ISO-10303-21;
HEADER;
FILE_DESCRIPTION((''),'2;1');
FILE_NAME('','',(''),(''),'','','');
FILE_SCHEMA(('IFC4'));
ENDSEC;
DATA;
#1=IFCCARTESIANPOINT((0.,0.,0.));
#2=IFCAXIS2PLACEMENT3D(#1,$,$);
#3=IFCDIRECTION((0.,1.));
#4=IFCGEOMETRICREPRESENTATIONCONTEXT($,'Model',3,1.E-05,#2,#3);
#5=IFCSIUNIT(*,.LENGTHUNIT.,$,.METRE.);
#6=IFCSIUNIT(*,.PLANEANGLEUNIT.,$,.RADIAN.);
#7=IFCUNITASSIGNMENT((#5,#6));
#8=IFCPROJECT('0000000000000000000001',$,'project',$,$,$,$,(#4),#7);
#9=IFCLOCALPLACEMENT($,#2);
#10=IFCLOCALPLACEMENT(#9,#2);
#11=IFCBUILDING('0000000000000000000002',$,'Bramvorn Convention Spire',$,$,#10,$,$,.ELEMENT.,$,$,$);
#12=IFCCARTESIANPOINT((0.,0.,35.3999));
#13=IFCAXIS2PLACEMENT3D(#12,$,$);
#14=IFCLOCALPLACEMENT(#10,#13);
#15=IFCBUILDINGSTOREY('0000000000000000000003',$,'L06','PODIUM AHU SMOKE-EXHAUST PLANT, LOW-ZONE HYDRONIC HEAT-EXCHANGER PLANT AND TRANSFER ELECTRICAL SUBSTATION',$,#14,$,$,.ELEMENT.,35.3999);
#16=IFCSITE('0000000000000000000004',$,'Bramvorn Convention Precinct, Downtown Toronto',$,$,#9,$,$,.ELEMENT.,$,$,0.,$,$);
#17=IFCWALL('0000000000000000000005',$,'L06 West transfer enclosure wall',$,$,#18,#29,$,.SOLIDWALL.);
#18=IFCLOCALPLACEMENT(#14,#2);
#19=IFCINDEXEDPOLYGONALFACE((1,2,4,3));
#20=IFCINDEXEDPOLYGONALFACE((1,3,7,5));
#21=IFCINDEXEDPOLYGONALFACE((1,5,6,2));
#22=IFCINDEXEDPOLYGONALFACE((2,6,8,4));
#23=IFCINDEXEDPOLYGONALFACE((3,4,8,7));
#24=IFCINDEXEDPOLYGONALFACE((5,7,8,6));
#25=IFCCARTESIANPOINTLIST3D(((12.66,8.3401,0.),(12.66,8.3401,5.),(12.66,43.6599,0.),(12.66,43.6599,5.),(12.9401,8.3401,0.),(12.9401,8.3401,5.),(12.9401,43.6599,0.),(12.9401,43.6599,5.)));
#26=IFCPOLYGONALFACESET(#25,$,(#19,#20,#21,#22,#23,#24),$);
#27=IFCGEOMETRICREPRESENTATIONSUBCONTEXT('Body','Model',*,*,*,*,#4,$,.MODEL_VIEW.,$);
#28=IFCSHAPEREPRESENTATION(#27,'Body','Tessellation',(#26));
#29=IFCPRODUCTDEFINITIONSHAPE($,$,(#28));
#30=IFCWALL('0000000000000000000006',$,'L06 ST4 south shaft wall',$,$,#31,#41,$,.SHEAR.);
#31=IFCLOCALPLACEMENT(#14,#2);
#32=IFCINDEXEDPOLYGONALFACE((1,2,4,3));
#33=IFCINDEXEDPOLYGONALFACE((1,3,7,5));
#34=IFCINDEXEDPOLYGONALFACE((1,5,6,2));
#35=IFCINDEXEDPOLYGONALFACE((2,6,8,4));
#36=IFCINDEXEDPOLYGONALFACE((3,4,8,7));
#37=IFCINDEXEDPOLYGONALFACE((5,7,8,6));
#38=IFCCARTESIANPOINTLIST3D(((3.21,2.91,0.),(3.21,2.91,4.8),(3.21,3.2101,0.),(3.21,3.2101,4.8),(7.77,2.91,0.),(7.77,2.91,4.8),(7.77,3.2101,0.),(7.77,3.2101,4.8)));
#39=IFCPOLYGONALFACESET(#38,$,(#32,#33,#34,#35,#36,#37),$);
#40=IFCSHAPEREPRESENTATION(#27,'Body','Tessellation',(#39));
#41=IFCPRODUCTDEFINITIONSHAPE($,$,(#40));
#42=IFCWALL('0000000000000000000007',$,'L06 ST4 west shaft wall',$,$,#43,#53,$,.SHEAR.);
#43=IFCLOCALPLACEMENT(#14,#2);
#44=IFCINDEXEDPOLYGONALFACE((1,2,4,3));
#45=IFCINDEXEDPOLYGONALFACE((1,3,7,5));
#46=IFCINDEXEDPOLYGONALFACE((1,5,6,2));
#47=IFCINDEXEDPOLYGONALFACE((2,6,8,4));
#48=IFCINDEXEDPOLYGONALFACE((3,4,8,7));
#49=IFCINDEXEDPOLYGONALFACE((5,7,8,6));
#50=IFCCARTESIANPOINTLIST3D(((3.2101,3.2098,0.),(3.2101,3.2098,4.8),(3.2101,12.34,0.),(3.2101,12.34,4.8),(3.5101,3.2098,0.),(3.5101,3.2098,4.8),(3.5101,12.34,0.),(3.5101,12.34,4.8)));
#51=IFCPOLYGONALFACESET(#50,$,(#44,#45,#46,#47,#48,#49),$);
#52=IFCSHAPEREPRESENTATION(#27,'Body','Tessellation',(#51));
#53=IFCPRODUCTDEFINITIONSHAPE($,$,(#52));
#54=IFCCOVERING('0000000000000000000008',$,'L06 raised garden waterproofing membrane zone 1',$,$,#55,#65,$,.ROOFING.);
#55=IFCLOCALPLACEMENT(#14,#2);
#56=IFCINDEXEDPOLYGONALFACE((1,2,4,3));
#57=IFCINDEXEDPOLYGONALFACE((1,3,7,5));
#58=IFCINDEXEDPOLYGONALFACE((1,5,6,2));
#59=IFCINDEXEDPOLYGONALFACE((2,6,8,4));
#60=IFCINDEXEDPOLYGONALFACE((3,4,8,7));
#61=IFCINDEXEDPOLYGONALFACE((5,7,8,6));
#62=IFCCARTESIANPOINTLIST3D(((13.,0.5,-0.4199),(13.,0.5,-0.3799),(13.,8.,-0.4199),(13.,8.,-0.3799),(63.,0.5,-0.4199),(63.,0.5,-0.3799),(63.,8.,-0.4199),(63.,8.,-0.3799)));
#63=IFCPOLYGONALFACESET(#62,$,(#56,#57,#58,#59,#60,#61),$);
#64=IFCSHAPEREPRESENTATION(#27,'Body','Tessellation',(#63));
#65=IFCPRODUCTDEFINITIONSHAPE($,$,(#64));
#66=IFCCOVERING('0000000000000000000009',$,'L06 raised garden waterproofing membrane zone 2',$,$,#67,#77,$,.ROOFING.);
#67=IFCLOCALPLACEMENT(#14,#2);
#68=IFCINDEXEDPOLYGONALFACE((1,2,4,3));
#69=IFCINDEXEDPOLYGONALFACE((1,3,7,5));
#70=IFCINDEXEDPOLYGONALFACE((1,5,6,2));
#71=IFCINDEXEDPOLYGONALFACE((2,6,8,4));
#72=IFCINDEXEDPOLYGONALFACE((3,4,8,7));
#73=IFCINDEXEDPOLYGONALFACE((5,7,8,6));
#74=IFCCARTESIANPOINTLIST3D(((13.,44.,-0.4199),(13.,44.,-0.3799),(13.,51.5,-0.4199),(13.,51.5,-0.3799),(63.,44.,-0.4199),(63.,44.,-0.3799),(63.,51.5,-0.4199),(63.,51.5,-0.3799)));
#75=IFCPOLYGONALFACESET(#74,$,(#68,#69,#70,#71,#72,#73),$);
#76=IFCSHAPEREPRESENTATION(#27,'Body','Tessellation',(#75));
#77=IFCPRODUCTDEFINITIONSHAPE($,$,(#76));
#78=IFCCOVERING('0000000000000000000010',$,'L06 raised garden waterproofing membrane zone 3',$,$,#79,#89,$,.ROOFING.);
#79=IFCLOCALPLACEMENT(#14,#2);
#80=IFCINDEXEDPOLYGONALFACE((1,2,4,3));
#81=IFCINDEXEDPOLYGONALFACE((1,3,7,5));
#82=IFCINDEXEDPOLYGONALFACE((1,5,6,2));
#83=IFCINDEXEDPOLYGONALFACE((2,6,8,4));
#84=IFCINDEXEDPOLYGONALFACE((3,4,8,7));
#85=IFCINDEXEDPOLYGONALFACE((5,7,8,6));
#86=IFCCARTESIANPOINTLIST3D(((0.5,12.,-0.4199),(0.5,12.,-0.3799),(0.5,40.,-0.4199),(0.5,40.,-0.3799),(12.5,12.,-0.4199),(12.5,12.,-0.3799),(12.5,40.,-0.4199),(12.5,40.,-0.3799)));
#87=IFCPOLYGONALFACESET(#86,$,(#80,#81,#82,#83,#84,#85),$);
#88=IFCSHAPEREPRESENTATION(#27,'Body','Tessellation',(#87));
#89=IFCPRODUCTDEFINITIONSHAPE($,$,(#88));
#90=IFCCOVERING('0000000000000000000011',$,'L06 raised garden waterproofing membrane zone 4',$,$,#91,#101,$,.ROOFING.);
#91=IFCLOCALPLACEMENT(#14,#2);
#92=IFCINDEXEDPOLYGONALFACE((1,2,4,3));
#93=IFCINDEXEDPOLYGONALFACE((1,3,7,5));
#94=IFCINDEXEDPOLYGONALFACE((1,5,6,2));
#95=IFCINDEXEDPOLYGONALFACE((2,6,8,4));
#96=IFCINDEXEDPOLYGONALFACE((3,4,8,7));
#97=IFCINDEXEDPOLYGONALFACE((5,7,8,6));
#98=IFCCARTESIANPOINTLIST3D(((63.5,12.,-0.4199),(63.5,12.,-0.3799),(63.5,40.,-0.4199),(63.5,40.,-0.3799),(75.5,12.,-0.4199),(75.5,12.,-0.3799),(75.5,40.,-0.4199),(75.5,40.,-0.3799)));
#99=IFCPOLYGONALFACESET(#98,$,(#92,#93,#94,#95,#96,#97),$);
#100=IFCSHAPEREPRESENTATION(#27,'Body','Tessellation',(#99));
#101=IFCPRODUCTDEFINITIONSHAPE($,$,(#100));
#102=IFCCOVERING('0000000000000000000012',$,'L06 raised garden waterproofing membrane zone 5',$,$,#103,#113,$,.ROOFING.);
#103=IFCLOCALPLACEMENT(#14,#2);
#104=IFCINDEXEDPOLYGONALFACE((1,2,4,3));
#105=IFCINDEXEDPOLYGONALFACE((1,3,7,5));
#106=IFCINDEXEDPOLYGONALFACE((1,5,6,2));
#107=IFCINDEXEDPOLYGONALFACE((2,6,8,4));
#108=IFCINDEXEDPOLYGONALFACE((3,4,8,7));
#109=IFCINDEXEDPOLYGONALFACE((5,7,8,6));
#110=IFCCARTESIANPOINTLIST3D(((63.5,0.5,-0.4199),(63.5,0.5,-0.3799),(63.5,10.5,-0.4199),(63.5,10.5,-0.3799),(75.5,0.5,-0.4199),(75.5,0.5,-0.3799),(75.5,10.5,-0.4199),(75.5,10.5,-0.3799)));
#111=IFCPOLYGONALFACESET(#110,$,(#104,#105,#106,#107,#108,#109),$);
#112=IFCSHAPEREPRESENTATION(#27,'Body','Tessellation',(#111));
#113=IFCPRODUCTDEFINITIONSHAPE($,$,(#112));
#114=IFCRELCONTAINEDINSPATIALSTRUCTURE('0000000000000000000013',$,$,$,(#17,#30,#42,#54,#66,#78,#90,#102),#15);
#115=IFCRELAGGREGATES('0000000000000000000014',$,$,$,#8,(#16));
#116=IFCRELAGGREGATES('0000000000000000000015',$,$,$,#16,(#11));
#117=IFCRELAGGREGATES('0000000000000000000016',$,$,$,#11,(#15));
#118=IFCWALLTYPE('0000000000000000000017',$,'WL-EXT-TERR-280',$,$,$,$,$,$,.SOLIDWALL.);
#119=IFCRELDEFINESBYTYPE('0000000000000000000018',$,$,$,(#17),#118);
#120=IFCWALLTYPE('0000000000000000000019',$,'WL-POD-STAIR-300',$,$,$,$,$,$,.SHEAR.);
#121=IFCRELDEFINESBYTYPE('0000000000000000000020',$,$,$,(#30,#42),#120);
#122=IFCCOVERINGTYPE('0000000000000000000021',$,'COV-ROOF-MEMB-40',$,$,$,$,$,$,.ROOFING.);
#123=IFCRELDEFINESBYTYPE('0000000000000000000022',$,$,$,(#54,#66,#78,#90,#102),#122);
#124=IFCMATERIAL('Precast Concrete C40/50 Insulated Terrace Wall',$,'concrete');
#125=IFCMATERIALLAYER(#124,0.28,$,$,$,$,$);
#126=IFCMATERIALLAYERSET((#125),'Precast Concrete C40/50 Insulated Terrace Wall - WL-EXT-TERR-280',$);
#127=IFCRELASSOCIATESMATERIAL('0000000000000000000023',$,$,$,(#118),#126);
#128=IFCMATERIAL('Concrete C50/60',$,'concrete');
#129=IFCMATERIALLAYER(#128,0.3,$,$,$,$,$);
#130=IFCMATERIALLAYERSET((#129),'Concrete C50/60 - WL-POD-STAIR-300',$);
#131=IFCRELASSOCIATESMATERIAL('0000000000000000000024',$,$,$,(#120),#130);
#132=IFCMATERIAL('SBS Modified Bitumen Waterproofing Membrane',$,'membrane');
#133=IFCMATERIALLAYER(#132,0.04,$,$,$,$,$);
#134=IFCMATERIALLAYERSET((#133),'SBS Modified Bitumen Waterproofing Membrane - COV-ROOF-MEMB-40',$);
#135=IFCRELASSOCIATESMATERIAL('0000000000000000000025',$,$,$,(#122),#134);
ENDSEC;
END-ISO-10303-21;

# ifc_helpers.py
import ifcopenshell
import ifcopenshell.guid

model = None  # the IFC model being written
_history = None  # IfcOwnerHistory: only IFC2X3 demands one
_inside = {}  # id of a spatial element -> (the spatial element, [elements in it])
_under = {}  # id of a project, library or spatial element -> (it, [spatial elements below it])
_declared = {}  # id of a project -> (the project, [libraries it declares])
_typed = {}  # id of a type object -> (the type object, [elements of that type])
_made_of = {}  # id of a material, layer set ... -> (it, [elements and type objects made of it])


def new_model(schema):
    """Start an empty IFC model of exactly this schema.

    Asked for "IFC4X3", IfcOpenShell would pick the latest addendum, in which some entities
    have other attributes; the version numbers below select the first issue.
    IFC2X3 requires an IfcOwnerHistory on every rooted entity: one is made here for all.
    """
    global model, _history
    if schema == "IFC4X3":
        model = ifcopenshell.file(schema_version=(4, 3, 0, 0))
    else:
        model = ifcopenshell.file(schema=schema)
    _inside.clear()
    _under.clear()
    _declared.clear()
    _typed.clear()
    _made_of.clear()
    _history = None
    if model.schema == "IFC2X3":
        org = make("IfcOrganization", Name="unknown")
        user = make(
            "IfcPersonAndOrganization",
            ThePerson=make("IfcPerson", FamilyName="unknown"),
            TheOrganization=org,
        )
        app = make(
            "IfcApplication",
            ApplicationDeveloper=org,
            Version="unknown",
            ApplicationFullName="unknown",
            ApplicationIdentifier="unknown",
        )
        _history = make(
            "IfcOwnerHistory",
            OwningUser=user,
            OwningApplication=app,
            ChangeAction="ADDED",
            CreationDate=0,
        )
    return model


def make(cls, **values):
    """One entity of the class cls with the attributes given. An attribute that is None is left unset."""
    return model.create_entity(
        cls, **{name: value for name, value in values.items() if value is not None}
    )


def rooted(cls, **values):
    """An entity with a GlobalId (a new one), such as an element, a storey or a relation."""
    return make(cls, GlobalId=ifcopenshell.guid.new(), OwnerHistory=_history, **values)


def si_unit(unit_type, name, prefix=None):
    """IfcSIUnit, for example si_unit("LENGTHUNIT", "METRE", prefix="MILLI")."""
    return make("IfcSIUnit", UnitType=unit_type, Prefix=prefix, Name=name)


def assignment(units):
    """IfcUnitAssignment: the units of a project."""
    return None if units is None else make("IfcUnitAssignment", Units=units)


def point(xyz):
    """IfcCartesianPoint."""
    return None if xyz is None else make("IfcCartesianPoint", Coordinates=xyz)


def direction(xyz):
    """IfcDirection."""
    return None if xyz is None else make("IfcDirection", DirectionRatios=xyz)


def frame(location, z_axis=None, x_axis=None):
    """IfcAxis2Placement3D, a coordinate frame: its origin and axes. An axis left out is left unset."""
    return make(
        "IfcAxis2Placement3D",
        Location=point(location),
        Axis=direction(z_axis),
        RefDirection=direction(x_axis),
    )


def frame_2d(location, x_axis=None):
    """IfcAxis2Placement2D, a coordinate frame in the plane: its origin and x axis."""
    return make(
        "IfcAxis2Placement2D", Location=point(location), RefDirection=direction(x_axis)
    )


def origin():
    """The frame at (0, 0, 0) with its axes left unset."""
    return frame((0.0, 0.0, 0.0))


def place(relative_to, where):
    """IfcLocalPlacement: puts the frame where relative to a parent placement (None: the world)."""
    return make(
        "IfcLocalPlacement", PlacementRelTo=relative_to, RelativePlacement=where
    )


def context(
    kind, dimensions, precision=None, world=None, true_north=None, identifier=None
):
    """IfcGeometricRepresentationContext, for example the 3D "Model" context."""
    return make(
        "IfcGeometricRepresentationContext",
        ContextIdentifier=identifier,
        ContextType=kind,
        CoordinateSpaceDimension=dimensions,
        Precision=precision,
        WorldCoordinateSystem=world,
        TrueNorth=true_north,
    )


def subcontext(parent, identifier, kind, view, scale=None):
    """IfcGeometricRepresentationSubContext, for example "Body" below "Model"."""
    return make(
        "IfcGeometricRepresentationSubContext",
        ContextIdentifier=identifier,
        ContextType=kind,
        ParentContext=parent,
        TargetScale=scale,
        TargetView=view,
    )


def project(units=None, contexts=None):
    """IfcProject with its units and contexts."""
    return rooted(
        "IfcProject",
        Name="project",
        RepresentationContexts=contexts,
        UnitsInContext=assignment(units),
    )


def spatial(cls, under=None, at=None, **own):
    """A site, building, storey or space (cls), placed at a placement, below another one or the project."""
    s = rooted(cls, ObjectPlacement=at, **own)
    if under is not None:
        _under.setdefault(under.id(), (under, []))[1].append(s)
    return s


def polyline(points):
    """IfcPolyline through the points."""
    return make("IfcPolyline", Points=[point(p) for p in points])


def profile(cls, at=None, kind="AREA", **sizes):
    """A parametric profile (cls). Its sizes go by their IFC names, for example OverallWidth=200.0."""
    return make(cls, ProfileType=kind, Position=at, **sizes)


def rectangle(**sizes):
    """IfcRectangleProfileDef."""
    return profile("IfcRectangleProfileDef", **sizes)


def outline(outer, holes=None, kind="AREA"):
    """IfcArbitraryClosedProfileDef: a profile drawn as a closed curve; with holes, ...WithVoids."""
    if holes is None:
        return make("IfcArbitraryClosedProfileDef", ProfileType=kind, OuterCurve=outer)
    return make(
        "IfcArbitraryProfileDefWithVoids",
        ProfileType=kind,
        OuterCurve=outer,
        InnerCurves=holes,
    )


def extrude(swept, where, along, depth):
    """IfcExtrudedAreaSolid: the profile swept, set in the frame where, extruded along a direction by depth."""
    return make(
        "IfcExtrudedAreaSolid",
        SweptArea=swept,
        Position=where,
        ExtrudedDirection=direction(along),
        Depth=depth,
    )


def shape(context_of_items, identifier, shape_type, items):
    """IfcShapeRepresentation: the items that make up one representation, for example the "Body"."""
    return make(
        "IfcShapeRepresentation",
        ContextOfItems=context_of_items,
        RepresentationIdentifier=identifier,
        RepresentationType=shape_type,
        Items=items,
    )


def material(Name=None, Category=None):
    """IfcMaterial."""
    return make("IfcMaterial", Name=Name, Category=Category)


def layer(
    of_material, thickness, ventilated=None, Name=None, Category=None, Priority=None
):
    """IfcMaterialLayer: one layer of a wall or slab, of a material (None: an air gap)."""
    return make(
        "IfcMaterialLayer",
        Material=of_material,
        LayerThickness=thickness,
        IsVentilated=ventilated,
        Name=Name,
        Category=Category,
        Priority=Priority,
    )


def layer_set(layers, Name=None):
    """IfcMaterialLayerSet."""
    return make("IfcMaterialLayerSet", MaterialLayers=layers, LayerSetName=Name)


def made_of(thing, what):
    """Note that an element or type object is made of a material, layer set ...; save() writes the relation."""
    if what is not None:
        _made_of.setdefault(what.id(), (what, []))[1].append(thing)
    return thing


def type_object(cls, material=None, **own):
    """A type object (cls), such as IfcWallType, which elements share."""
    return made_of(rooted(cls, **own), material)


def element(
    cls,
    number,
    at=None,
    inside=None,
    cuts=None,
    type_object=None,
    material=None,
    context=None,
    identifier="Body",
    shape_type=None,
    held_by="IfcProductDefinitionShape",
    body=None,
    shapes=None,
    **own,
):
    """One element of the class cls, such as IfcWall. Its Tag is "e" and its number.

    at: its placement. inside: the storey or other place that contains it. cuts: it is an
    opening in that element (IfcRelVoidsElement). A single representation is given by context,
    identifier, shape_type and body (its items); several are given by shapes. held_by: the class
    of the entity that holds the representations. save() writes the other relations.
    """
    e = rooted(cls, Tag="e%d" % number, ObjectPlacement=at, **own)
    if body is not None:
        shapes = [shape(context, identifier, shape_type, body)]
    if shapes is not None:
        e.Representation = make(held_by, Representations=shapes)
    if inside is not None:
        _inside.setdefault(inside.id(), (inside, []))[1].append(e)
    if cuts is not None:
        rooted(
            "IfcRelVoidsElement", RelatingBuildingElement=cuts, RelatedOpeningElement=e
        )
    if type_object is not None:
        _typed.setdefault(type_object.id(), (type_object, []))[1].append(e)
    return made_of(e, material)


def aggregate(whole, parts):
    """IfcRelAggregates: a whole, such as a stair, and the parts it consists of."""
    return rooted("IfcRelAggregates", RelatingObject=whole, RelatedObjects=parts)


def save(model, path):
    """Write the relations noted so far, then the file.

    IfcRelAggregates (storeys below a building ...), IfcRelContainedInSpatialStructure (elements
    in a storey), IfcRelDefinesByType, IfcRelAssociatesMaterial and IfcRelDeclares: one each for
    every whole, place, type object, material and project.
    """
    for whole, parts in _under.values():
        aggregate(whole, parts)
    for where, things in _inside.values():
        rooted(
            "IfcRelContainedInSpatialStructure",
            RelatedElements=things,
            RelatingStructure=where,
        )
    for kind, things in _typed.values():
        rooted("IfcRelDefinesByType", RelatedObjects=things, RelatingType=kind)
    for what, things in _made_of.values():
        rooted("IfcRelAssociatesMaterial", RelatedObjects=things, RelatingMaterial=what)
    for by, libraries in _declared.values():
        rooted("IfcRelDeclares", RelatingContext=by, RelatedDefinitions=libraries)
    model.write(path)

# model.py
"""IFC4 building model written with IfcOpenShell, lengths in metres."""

from ifc_helpers import new_model, si_unit, direction, frame, frame_2d, origin, place, context, subcontext, project, spatial, polyline, rectangle, outline, extrude, material, layer, layer_set, type_object, element, save


model = new_model("IFC4")

# Units and contexts
model_context = context("Model", 3, precision=1e-05, world=origin(), true_north=direction((0.0, 1.0)))
body_context = subcontext(model_context, "Body", "Model", "MODEL_VIEW")
ifc_project = project(units=[si_unit("LENGTHUNIT", "METRE"), si_unit("PLANEANGLEUNIT", "RADIAN")], contexts=[model_context])

# Site, building, storey
site_placement = place(None, origin())
site = spatial("IfcSite", under=ifc_project, at=site_placement, Name="Bramvorn Convention Precinct, Downtown Toronto", CompositionType="ELEMENT", RefElevation=0.0)
building_placement = place(site_placement, origin())
building = spatial("IfcBuilding", under=site, at=building_placement, Name="Bramvorn Convention Spire", CompositionType="ELEMENT")
storey_placement = place(building_placement, frame((0.0, 0.0, 35.3999)))
storey = spatial("IfcBuildingStorey", under=building, at=storey_placement, Name="L06", Description="PODIUM AHU SMOKE-EXHAUST PLANT, LOW-ZONE HYDRONIC HEAT-EXCHANGER PLANT AND TRANSFER ELECTRICAL SUBSTATION", CompositionType="ELEMENT", Elevation=35.3999)

# Shared definitions
ifc_material_1 = material(Name="Concrete C50/60", Category="concrete")

# Walls
ifc_material_2 = material(Name="Precast Concrete C40/50 Insulated Terrace Wall", Category="concrete")
ifc_layer_1 = layer(ifc_material_2, 0.28)
ifc_layer_set_1 = layer_set([ifc_layer_1], Name="Precast Concrete C40/50 Insulated Terrace Wall - WL-EXT-TERR-280")
wall_type_1 = type_object("IfcWallType", Name="WL-EXT-TERR-280", PredefinedType="SOLIDWALL", material=ifc_layer_set_1)
wall_1_placement = place(storey_placement, frame((12.8, 8.3401, 0.0), z_axis=(0.0, 0.0, 1.0), x_axis=(0.0, 1.0, 0.0)))
element("IfcWall", 1, at=wall_1_placement, inside=storey, type_object=wall_type_1, Name="L06 West transfer enclosure wall", PredefinedType="SOLIDWALL", context=body_context, shape_type="SweptSolid", body=[
    extrude(rectangle(XDim=35.3198, YDim=0.28, at=frame_2d((17.6599, 0.0))), origin(), (0.0, 0.0, 1.0), 5.0),
])
ifc_layer_2 = layer(ifc_material_1, 0.3)
ifc_layer_set_2 = layer_set([ifc_layer_2], Name="Concrete C50/60 - WL-POD-STAIR-300")
wall_type_2 = type_object("IfcWallType", Name="WL-POD-STAIR-300", PredefinedType="SHEAR", material=ifc_layer_set_2)
wall_2_placement = place(storey_placement, frame((3.21, 3.0601, 0.0), z_axis=(0.0, 0.0, 1.0), x_axis=(1.0, 0.0, 0.0)))
element("IfcWall", 2, at=wall_2_placement, inside=storey, type_object=wall_type_2, Name="L06 ST4 south shaft wall", PredefinedType="SHEAR", context=body_context, shape_type="SweptSolid", body=[
    extrude(rectangle(XDim=4.5601, YDim=0.3, at=frame_2d((2.28, 0.0))), origin(), (0.0, 0.0, 1.0), 4.8),
])
wall_3_placement = place(storey_placement, frame((3.3601, 3.21, 0.0), z_axis=(0.0, 0.0, 1.0), x_axis=(0.0, 1.0, 0.0)))
element("IfcWall", 3, at=wall_3_placement, inside=storey, type_object=wall_type_2, Name="L06 ST4 west shaft wall", PredefinedType="SHEAR", context=body_context, shape_type="SweptSolid", body=[
    extrude(rectangle(XDim=9.1301, YDim=0.3, at=frame_2d((4.5649, 0.0))), origin(), (0.0, 0.0, 1.0), 4.8),
])

# Coverings
ifc_material_3 = material(Name="SBS Modified Bitumen Waterproofing Membrane", Category="membrane")
ifc_layer_3 = layer(ifc_material_3, 0.04)
ifc_layer_set_3 = layer_set([ifc_layer_3], Name="SBS Modified Bitumen Waterproofing Membrane - COV-ROOF-MEMB-40")
covering_type = type_object("IfcCoveringType", Name="COV-ROOF-MEMB-40", PredefinedType="ROOFING", material=ifc_layer_set_3)
covering_1_placement = place(storey_placement, frame((0.0, 0.0, -0.4199)))
element("IfcCovering", 4, at=covering_1_placement, inside=storey, type_object=covering_type, Name="L06 raised garden waterproofing membrane zone 1", PredefinedType="ROOFING", context=body_context, shape_type="SweptSolid", body=[
    extrude(outline(polyline([(13.0, 0.5), (63.0, 0.5), (63.0, 8.0), (13.0, 8.0), (13.0, 0.5)])), origin(), (0.0, 0.0, 1.0), 0.04),
])
covering_2_placement = place(storey_placement, frame((0.0, 0.0, -0.4199)))
element("IfcCovering", 5, at=covering_2_placement, inside=storey, type_object=covering_type, Name="L06 raised garden waterproofing membrane zone 2", PredefinedType="ROOFING", context=body_context, shape_type="SweptSolid", body=[
    extrude(outline(polyline([(13.0, 44.0), (63.0, 44.0), (63.0, 51.5), (13.0, 51.5), (13.0, 44.0)])), origin(), (0.0, 0.0, 1.0), 0.04),
])
covering_3_placement = place(storey_placement, frame((0.0, 0.0, -0.4199)))
element("IfcCovering", 6, at=covering_3_placement, inside=storey, type_object=covering_type, Name="L06 raised garden waterproofing membrane zone 3", PredefinedType="ROOFING", context=body_context, shape_type="SweptSolid", body=[
    extrude(outline(polyline([(0.5, 12.0), (12.5, 12.0), (12.5, 40.0), (0.5, 40.0), (0.5, 12.0)])), origin(), (0.0, 0.0, 1.0), 0.04),
])
covering_4_placement = place(storey_placement, frame((0.0, 0.0, -0.4199)))
element("IfcCovering", 7, at=covering_4_placement, inside=storey, type_object=covering_type, Name="L06 raised garden waterproofing membrane zone 4", PredefinedType="ROOFING", context=body_context, shape_type="SweptSolid", body=[
    extrude(outline(polyline([(63.5, 12.0), (75.5, 12.0), (75.5, 40.0), (63.5, 40.0), (63.5, 12.0)])), origin(), (0.0, 0.0, 1.0), 0.04),
])
covering_5_placement = place(storey_placement, frame((0.0, 0.0, -0.4199)))
element("IfcCovering", 8, at=covering_5_placement, inside=storey, type_object=covering_type, Name="L06 raised garden waterproofing membrane zone 5", PredefinedType="ROOFING", context=body_context, shape_type="SweptSolid", body=[
    extrude(outline(polyline([(63.5, 0.5), (75.5, 0.5), (75.5, 10.5), (63.5, 10.5), (63.5, 0.5)])), origin(), (0.0, 0.0, 1.0), 0.04),
])

save(model, "model.ifc")
